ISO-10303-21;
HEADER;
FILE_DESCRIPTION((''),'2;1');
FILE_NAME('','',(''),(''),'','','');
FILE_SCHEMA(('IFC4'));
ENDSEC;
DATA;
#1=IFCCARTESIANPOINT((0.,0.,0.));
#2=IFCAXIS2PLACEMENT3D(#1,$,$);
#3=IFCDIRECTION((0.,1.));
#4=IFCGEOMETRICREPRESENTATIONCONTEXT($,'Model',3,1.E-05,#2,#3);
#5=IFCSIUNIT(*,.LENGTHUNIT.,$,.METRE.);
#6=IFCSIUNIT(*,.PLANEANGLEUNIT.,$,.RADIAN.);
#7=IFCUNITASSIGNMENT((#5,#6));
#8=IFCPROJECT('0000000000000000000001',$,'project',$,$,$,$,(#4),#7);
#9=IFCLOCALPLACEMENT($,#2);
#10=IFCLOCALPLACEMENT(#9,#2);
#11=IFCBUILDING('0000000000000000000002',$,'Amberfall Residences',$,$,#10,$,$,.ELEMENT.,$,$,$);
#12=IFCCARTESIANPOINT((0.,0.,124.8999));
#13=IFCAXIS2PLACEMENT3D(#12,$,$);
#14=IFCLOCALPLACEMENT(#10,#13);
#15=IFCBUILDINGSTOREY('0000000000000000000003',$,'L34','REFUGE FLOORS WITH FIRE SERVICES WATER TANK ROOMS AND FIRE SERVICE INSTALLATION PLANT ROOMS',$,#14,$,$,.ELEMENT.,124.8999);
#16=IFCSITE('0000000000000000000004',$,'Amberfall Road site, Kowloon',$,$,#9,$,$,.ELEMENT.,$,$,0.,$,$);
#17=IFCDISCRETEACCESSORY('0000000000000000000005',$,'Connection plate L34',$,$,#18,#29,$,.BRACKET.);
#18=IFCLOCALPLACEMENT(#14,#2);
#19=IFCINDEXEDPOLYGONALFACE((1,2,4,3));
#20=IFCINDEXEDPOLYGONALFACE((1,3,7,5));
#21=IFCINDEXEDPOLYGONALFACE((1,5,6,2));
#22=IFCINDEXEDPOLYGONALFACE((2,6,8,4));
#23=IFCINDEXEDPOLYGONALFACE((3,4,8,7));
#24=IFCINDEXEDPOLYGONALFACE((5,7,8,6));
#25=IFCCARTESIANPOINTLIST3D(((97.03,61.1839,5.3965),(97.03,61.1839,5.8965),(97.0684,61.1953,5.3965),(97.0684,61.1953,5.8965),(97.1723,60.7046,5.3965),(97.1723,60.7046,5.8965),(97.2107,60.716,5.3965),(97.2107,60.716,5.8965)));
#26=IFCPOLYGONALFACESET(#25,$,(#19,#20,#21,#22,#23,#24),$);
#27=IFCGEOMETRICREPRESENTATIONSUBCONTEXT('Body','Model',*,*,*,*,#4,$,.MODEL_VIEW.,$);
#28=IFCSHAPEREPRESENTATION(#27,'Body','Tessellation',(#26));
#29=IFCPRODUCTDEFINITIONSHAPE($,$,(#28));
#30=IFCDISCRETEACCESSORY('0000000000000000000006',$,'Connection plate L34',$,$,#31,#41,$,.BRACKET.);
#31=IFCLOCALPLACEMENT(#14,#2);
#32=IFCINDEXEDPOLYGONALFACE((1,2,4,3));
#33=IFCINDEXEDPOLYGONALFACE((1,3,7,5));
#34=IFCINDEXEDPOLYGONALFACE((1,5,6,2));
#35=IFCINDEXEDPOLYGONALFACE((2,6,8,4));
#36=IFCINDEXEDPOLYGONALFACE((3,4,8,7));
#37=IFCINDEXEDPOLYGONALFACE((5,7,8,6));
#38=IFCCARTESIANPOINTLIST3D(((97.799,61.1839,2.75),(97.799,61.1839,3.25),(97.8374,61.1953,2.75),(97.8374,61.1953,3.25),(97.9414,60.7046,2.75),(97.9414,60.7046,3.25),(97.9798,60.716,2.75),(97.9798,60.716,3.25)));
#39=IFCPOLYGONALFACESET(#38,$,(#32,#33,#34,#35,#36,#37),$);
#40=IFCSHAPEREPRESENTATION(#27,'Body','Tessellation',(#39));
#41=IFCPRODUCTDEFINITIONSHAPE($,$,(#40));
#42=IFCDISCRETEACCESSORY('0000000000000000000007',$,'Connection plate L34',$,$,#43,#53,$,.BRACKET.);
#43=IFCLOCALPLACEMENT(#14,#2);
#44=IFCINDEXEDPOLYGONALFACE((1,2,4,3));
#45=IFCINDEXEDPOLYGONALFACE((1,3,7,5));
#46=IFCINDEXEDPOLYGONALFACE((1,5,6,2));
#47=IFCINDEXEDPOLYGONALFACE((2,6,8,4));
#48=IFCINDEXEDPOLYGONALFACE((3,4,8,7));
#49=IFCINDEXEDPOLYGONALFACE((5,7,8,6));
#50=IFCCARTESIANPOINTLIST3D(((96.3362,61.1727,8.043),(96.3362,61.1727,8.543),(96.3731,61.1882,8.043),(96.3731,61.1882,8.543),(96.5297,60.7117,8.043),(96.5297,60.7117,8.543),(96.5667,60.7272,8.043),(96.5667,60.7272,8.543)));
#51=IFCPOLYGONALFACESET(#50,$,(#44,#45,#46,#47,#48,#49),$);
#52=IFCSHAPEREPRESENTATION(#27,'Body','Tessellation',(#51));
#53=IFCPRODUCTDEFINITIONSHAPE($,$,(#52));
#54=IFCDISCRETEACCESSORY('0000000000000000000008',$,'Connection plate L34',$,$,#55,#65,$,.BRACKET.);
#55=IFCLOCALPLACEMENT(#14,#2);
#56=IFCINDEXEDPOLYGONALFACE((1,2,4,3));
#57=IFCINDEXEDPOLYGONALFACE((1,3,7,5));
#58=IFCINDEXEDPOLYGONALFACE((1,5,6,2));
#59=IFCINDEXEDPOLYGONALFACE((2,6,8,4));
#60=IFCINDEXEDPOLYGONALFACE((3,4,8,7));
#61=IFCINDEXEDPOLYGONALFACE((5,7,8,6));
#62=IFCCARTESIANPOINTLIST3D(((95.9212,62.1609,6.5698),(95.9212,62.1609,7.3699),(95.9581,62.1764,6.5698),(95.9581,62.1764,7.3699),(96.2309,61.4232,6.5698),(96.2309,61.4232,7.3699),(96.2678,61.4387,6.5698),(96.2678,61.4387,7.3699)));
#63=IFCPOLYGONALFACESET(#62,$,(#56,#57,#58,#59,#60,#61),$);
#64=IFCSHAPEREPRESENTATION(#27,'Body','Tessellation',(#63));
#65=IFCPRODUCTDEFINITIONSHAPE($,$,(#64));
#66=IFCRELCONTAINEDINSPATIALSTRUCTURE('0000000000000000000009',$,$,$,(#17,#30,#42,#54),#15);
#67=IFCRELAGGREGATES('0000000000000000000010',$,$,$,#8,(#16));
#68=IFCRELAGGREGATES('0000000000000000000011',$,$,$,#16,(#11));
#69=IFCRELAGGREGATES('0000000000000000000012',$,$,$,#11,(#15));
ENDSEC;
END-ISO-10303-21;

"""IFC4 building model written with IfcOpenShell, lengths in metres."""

from ifc_helpers import new_model, si_unit, direction, frame, origin, origin_2d, place, context, subcontext, project, spatial, rectangle, extrude, element, save


model = new_model("IFC4")

# Units and contexts
model_context = context("Model", 3, precision=1e-05, world=origin(), true_north=direction((0.0, 1.0)))
body_context = subcontext(model_context, "Body", "Model", "MODEL_VIEW")
ifc_project = project(units=[si_unit("LENGTHUNIT", "METRE"), si_unit("PLANEANGLEUNIT", "RADIAN")], contexts=[model_context])

# Site, building, storey
site_placement = place(None, origin())
site = spatial("IfcSite", under=ifc_project, at=site_placement, Name="Amberfall Road site, Kowloon", CompositionType="ELEMENT", RefElevation=0.0)
building_placement = place(site_placement, origin())
building = spatial("IfcBuilding", under=site, at=building_placement, Name="Amberfall Residences", CompositionType="ELEMENT")
storey_placement = place(building_placement, frame((0.0, 0.0, 124.8999)))
storey = spatial("IfcBuildingStorey", under=building, at=storey_placement, Name="L34", Description="REFUGE FLOORS WITH FIRE SERVICES WATER TANK ROOMS AND FIRE SERVICE INSTALLATION PLANT ROOMS", CompositionType="ELEMENT", Elevation=124.8999)

# Discrete accessories
for number, where, z_axis, x_axis, name in (
    (1, (97.1204, 60.95, 5.3965), (0.0, 0.0, 1.0), (0.284685, -0.958621, 0.0), "Connection plate L34"),
    (2, (97.8894, 60.95, 2.75), (0.0, 0.0, 1.0), (0.284685, -0.958621, 0.0), "Connection plate L34"),
    (3, (96.4514, 60.95, 8.043), (0.0, 0.0, 1.0), (0.387145, -0.922019, 0.0), "Connection plate L34"),
):
    element("IfcDiscreteAccessory", number, at=place(storey_placement, frame(where, z_axis=z_axis, x_axis=x_axis)), inside=storey, Name=name, PredefinedType="BRACKET", context=body_context, shape_type="SweptSolid", body=[
        extrude(rectangle(XDim=0.5, YDim=0.04, at=origin_2d()), origin(), (0.0, 0.0, 1.0), 0.5),
    ])
discrete_accessory_1_placement = place(storey_placement, frame((96.0945, 61.7998, 6.5698), z_axis=(0.0, 0.0, 1.0), x_axis=(0.387145, -0.922019, 0.0)))
element("IfcDiscreteAccessory", 4, at=discrete_accessory_1_placement, inside=storey, Name="Connection plate L34", PredefinedType="BRACKET", context=body_context, shape_type="SweptSolid", body=[
    extrude(rectangle(XDim=0.8, YDim=0.04, at=origin_2d()), origin(), (0.0, 0.0, 1.0), 0.8),
])

save(model, "model.ifc")
